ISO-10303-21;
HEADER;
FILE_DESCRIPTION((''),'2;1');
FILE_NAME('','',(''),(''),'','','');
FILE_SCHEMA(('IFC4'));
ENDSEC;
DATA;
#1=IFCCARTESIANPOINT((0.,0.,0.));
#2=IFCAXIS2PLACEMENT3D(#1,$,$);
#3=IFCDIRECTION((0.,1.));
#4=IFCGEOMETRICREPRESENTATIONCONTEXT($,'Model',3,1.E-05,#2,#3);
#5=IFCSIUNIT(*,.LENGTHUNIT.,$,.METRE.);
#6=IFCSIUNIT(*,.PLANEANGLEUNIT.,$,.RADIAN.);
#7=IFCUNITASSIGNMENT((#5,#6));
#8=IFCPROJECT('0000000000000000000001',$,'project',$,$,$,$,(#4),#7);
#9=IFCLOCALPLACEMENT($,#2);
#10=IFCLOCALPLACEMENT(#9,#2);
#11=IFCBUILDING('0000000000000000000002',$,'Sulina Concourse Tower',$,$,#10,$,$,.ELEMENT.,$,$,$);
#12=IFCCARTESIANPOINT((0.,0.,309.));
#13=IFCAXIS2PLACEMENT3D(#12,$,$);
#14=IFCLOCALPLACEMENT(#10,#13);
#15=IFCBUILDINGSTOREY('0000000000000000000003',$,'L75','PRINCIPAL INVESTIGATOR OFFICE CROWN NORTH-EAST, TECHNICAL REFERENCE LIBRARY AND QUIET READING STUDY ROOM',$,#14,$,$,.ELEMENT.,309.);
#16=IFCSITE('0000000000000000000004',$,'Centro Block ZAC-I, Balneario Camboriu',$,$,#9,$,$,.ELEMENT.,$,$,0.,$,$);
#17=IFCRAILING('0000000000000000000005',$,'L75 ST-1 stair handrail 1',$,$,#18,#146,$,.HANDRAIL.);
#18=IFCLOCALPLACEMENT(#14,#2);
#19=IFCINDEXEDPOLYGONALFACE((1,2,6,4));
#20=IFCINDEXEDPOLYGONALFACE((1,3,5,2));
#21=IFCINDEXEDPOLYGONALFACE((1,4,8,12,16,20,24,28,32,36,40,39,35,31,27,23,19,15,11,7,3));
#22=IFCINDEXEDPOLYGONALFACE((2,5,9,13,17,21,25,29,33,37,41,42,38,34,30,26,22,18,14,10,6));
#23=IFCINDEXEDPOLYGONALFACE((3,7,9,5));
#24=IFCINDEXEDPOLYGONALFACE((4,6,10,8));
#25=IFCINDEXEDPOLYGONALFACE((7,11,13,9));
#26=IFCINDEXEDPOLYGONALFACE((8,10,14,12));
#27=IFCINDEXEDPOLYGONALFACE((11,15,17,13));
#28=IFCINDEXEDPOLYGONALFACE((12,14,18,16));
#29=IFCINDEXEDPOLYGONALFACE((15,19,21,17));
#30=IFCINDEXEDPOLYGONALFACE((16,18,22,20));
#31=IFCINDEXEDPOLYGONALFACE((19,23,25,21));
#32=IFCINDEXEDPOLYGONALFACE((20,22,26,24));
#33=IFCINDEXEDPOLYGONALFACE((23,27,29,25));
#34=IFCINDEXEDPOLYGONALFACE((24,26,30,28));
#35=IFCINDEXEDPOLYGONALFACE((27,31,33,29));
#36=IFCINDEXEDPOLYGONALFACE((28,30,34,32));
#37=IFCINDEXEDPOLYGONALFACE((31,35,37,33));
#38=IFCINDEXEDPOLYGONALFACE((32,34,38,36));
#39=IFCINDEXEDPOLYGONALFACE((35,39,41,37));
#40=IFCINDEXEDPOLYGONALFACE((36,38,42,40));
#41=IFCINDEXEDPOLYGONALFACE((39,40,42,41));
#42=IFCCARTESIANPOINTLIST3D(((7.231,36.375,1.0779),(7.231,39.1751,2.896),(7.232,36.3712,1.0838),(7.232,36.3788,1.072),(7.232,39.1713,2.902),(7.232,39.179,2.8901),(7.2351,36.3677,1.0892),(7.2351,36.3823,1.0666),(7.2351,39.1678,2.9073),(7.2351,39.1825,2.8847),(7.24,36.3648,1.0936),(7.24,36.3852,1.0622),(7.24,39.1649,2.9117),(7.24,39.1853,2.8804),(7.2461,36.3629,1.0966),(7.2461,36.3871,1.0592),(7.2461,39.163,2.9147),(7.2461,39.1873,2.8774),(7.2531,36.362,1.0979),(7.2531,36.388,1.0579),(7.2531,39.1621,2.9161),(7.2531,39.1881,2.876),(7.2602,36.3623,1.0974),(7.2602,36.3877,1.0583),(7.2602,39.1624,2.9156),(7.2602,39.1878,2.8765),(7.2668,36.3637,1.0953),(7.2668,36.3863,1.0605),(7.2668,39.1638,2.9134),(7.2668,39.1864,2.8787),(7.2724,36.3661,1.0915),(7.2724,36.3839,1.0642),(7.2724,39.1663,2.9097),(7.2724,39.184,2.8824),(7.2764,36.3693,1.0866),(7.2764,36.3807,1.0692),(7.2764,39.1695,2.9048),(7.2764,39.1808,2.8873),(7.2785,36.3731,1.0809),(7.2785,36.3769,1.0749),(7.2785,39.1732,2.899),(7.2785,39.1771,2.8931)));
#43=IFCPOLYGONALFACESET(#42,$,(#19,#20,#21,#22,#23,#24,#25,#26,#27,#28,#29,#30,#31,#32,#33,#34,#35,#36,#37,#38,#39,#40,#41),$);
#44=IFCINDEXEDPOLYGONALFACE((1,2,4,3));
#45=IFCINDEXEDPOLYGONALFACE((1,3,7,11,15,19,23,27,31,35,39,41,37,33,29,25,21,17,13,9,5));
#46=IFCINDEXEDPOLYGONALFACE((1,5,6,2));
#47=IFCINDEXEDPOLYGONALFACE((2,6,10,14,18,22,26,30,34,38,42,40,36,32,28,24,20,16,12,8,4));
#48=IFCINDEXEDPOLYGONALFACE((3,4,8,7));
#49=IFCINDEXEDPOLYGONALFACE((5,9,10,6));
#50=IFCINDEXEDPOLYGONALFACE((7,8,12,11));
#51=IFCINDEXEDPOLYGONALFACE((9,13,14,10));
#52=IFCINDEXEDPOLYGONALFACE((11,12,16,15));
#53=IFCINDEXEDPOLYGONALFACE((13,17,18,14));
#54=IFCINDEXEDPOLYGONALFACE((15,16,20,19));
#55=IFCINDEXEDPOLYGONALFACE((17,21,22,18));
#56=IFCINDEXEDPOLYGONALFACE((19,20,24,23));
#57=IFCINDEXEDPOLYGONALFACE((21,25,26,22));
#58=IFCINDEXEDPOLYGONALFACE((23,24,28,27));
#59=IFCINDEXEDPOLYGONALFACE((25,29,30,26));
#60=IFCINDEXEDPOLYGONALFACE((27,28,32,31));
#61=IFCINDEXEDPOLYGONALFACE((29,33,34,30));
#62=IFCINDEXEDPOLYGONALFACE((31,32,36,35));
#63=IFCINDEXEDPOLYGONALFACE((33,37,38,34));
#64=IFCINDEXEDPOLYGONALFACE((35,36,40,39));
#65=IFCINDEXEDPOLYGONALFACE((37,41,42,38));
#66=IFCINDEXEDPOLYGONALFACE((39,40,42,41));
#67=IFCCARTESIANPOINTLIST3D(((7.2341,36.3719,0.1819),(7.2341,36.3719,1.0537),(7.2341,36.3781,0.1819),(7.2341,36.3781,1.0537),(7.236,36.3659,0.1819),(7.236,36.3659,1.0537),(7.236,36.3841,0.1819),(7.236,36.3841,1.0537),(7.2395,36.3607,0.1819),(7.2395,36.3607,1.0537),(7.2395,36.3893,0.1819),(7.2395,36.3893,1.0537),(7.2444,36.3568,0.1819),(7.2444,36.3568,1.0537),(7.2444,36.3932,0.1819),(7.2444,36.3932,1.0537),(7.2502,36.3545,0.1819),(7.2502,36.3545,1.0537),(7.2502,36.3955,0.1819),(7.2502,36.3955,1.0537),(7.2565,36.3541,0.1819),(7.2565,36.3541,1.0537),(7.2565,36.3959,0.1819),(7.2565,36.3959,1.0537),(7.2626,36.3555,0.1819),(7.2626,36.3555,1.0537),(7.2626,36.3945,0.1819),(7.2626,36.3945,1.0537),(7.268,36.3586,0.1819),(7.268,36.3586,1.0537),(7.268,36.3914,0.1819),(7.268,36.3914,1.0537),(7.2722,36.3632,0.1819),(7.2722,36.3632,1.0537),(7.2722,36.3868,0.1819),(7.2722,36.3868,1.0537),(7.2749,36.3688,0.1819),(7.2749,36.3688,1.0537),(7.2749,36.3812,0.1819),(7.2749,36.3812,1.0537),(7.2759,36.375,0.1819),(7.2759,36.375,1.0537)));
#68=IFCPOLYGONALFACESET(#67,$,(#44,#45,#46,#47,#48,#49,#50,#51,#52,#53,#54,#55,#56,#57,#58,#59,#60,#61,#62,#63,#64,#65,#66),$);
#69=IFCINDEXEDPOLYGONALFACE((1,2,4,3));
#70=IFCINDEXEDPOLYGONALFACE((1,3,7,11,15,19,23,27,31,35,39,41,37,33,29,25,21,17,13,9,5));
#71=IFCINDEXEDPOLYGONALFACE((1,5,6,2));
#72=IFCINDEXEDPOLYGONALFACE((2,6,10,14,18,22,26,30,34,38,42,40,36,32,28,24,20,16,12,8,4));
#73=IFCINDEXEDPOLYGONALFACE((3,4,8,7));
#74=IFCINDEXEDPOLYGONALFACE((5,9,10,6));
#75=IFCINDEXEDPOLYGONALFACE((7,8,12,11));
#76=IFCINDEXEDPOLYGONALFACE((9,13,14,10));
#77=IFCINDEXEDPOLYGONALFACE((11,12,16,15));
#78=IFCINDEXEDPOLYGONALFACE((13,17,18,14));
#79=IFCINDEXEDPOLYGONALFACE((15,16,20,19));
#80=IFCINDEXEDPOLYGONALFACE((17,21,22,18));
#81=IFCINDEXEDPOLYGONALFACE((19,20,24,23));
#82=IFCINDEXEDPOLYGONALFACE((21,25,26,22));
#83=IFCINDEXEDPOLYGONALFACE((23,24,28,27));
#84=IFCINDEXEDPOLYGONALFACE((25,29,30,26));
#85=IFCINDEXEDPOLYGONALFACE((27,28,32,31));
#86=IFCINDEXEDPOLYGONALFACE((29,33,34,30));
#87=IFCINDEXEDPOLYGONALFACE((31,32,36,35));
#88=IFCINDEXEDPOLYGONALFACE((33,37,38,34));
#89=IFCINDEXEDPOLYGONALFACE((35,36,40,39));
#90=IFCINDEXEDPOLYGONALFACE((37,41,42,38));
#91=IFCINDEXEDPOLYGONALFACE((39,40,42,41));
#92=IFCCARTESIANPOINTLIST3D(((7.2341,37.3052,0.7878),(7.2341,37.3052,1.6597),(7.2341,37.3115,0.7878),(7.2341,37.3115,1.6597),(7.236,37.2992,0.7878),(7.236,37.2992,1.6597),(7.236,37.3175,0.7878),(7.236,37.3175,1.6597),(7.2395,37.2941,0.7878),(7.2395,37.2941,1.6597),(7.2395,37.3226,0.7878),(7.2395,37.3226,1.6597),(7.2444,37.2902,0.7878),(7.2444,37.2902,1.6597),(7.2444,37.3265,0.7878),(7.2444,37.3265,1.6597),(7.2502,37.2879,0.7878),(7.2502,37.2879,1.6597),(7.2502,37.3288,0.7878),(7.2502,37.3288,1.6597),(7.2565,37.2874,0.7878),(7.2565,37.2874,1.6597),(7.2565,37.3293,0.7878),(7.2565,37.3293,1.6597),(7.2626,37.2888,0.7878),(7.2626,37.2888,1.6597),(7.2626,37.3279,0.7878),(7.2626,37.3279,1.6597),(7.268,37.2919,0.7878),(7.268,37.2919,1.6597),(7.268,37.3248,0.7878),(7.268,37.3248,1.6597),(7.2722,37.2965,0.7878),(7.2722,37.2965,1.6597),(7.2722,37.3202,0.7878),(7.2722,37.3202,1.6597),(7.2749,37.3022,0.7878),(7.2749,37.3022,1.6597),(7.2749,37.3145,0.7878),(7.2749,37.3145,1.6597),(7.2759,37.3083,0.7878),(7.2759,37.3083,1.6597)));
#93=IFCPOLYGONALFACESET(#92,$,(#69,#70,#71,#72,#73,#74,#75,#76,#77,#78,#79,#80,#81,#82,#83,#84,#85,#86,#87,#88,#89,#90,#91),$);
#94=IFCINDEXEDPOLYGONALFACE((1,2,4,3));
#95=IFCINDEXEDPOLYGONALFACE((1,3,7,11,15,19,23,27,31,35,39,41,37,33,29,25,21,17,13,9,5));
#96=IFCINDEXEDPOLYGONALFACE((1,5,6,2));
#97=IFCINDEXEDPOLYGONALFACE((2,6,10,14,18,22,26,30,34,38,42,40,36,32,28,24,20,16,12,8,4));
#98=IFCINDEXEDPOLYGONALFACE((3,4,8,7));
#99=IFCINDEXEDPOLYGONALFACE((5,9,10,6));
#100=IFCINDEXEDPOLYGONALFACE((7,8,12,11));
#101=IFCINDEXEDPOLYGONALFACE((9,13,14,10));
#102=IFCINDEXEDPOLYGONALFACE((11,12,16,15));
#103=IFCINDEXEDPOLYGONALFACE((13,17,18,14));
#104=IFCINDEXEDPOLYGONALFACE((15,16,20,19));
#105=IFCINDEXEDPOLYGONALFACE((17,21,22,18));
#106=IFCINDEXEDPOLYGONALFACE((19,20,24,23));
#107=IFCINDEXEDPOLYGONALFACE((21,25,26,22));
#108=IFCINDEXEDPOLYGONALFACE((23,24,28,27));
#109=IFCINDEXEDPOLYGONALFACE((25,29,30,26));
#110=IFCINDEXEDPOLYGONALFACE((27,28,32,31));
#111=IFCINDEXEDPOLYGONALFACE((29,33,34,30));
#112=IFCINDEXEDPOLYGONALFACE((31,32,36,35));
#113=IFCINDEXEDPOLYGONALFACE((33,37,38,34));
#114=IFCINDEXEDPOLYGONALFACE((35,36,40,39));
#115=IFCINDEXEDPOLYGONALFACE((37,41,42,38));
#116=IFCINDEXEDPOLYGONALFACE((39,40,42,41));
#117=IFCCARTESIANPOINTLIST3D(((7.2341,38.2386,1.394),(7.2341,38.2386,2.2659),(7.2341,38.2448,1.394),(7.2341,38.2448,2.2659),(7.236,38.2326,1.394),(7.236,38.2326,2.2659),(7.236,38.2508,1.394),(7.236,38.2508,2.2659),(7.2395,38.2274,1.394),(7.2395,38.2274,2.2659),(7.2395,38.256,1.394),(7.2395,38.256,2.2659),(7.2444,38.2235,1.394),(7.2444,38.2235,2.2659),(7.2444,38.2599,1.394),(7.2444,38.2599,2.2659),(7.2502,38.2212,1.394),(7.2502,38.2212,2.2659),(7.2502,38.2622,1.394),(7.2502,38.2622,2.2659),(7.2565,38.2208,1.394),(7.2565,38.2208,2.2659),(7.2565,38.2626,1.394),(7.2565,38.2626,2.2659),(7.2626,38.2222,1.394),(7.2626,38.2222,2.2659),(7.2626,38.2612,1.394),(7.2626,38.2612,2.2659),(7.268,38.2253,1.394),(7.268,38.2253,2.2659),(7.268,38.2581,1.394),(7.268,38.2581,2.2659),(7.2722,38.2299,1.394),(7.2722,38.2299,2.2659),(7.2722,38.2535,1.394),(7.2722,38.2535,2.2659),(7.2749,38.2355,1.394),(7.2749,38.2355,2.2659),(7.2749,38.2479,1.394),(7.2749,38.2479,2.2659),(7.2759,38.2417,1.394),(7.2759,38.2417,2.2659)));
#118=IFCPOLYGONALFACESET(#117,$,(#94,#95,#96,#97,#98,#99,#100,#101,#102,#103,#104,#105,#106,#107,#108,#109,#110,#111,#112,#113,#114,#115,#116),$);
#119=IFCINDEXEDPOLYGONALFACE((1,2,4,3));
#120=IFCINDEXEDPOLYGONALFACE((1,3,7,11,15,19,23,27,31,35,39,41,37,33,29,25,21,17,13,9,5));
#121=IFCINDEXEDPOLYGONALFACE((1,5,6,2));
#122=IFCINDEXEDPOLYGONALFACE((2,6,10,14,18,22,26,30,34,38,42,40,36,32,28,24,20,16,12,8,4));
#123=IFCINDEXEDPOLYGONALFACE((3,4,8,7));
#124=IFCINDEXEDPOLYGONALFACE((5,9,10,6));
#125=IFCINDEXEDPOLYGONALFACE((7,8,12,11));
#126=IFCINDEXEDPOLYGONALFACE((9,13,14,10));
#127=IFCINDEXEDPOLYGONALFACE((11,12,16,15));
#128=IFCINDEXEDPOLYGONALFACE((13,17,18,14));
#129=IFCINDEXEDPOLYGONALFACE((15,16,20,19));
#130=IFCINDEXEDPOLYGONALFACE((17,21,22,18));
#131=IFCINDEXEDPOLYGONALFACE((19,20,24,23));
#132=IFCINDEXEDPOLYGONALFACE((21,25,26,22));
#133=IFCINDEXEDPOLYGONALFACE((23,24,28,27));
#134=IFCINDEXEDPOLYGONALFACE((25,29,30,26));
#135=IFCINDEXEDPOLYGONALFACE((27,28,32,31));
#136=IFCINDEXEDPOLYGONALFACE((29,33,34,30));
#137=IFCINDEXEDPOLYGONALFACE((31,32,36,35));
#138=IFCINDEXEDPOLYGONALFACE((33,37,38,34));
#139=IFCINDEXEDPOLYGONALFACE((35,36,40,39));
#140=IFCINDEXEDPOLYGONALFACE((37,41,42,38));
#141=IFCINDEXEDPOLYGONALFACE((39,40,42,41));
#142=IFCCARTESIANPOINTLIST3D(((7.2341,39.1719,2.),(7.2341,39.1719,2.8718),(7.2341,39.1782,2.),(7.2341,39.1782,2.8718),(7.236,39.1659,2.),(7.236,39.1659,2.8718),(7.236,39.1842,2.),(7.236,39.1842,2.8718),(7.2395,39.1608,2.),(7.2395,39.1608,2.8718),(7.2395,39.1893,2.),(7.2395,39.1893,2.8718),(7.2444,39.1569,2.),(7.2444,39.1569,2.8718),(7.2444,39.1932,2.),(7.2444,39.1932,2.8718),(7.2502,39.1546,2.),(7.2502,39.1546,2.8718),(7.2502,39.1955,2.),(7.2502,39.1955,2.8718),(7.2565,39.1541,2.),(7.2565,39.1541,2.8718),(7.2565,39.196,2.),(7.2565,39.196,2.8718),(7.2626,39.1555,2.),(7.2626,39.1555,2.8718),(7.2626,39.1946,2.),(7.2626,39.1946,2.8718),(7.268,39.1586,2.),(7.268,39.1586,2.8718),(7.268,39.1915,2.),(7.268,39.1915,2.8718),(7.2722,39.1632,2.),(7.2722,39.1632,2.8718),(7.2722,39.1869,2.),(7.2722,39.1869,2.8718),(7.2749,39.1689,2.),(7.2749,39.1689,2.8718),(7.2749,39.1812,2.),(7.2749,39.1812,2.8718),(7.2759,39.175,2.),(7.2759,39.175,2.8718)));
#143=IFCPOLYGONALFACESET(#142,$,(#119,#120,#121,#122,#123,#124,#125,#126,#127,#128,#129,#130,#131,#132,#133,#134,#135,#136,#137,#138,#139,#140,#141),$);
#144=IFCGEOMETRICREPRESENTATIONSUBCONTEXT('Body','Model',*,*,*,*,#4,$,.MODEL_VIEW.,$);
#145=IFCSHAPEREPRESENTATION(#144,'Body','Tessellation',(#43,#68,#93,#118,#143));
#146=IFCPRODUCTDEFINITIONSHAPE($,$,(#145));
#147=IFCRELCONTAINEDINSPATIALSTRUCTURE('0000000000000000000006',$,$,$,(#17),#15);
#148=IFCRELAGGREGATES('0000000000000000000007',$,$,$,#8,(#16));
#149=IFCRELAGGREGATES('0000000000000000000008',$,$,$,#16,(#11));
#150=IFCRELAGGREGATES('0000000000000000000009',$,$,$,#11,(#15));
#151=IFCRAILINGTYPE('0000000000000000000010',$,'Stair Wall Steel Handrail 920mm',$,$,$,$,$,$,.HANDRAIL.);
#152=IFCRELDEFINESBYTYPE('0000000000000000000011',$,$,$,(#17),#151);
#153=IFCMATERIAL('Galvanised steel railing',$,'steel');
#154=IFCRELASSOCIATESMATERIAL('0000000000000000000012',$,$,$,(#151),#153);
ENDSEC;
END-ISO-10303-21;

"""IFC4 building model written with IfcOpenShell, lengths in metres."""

from ifc_helpers import new_model, si_unit, direction, frame, origin, origin_2d, place, context, subcontext, project, spatial, circle, extrude, material, type_object, element, save


model = new_model("IFC4")

# Units and contexts
model_context = context("Model", 3, precision=1e-05, world=origin(), true_north=direction((0.0, 1.0)))
body_context = subcontext(model_context, "Body", "Model", "MODEL_VIEW")
ifc_project = project(units=[si_unit("LENGTHUNIT", "METRE"), si_unit("PLANEANGLEUNIT", "RADIAN")], contexts=[model_context])

# Site, building, storey
site_placement = place(None, origin())
site = spatial("IfcSite", under=ifc_project, at=site_placement, Name="Centro Block ZAC-I, Balneario Camboriu", CompositionType="ELEMENT", RefElevation=0.0)
building_placement = place(site_placement, origin())
building = spatial("IfcBuilding", under=site, at=building_placement, Name="Sulina Concourse Tower", CompositionType="ELEMENT")
storey_placement = place(building_placement, frame((0.0, 0.0, 309.0)))
storey = spatial("IfcBuildingStorey", under=building, at=storey_placement, Name="L75", Description="PRINCIPAL INVESTIGATOR OFFICE CROWN NORTH-EAST, TECHNICAL REFERENCE LIBRARY AND QUIET READING STUDY ROOM", CompositionType="ELEMENT", Elevation=309.0)

# Railing
ifc_material_1 = material(Name="Galvanised steel railing", Category="steel")
railing_type_1 = type_object("IfcRailingType", Name="Stair Wall Steel Handrail 920mm", PredefinedType="HANDRAIL", material=ifc_material_1)
railing_1_placement = place(storey_placement, frame((7.2549, 36.375, 0.1819)))
element("IfcRailing", 1, at=railing_1_placement, inside=storey, type_object=railing_type_1, Name="L75 ST-1 stair handrail 1", PredefinedType="HANDRAIL", context=body_context, shape_type="SweptSolid", body=[
    extrude(circle(Radius=0.0239, at=origin_2d()), frame((0.0, 0.0, 0.896), z_axis=(0.0, 0.838706, 0.544585), x_axis=(-1.0, 0.0, 0.0)), (0.0, 0.0, 1.0), 3.3386),
    extrude(circle(Radius=0.021, at=origin_2d()), origin(), (0.0, 0.0, 1.0), 0.8718),
    extrude(circle(Radius=0.021, at=origin_2d()), frame((0.0, 0.9333, 0.606)), (0.0, 0.0, 1.0), 0.8718),
    extrude(circle(Radius=0.021, at=origin_2d()), frame((0.0, 1.8667, 1.2122)), (0.0, 0.0, 1.0), 0.8718),
    extrude(circle(Radius=0.021, at=origin_2d()), frame((0.0, 2.8, 1.8181)), (0.0, 0.0, 1.0), 0.8718),
])

save(model, "model.ifc")
